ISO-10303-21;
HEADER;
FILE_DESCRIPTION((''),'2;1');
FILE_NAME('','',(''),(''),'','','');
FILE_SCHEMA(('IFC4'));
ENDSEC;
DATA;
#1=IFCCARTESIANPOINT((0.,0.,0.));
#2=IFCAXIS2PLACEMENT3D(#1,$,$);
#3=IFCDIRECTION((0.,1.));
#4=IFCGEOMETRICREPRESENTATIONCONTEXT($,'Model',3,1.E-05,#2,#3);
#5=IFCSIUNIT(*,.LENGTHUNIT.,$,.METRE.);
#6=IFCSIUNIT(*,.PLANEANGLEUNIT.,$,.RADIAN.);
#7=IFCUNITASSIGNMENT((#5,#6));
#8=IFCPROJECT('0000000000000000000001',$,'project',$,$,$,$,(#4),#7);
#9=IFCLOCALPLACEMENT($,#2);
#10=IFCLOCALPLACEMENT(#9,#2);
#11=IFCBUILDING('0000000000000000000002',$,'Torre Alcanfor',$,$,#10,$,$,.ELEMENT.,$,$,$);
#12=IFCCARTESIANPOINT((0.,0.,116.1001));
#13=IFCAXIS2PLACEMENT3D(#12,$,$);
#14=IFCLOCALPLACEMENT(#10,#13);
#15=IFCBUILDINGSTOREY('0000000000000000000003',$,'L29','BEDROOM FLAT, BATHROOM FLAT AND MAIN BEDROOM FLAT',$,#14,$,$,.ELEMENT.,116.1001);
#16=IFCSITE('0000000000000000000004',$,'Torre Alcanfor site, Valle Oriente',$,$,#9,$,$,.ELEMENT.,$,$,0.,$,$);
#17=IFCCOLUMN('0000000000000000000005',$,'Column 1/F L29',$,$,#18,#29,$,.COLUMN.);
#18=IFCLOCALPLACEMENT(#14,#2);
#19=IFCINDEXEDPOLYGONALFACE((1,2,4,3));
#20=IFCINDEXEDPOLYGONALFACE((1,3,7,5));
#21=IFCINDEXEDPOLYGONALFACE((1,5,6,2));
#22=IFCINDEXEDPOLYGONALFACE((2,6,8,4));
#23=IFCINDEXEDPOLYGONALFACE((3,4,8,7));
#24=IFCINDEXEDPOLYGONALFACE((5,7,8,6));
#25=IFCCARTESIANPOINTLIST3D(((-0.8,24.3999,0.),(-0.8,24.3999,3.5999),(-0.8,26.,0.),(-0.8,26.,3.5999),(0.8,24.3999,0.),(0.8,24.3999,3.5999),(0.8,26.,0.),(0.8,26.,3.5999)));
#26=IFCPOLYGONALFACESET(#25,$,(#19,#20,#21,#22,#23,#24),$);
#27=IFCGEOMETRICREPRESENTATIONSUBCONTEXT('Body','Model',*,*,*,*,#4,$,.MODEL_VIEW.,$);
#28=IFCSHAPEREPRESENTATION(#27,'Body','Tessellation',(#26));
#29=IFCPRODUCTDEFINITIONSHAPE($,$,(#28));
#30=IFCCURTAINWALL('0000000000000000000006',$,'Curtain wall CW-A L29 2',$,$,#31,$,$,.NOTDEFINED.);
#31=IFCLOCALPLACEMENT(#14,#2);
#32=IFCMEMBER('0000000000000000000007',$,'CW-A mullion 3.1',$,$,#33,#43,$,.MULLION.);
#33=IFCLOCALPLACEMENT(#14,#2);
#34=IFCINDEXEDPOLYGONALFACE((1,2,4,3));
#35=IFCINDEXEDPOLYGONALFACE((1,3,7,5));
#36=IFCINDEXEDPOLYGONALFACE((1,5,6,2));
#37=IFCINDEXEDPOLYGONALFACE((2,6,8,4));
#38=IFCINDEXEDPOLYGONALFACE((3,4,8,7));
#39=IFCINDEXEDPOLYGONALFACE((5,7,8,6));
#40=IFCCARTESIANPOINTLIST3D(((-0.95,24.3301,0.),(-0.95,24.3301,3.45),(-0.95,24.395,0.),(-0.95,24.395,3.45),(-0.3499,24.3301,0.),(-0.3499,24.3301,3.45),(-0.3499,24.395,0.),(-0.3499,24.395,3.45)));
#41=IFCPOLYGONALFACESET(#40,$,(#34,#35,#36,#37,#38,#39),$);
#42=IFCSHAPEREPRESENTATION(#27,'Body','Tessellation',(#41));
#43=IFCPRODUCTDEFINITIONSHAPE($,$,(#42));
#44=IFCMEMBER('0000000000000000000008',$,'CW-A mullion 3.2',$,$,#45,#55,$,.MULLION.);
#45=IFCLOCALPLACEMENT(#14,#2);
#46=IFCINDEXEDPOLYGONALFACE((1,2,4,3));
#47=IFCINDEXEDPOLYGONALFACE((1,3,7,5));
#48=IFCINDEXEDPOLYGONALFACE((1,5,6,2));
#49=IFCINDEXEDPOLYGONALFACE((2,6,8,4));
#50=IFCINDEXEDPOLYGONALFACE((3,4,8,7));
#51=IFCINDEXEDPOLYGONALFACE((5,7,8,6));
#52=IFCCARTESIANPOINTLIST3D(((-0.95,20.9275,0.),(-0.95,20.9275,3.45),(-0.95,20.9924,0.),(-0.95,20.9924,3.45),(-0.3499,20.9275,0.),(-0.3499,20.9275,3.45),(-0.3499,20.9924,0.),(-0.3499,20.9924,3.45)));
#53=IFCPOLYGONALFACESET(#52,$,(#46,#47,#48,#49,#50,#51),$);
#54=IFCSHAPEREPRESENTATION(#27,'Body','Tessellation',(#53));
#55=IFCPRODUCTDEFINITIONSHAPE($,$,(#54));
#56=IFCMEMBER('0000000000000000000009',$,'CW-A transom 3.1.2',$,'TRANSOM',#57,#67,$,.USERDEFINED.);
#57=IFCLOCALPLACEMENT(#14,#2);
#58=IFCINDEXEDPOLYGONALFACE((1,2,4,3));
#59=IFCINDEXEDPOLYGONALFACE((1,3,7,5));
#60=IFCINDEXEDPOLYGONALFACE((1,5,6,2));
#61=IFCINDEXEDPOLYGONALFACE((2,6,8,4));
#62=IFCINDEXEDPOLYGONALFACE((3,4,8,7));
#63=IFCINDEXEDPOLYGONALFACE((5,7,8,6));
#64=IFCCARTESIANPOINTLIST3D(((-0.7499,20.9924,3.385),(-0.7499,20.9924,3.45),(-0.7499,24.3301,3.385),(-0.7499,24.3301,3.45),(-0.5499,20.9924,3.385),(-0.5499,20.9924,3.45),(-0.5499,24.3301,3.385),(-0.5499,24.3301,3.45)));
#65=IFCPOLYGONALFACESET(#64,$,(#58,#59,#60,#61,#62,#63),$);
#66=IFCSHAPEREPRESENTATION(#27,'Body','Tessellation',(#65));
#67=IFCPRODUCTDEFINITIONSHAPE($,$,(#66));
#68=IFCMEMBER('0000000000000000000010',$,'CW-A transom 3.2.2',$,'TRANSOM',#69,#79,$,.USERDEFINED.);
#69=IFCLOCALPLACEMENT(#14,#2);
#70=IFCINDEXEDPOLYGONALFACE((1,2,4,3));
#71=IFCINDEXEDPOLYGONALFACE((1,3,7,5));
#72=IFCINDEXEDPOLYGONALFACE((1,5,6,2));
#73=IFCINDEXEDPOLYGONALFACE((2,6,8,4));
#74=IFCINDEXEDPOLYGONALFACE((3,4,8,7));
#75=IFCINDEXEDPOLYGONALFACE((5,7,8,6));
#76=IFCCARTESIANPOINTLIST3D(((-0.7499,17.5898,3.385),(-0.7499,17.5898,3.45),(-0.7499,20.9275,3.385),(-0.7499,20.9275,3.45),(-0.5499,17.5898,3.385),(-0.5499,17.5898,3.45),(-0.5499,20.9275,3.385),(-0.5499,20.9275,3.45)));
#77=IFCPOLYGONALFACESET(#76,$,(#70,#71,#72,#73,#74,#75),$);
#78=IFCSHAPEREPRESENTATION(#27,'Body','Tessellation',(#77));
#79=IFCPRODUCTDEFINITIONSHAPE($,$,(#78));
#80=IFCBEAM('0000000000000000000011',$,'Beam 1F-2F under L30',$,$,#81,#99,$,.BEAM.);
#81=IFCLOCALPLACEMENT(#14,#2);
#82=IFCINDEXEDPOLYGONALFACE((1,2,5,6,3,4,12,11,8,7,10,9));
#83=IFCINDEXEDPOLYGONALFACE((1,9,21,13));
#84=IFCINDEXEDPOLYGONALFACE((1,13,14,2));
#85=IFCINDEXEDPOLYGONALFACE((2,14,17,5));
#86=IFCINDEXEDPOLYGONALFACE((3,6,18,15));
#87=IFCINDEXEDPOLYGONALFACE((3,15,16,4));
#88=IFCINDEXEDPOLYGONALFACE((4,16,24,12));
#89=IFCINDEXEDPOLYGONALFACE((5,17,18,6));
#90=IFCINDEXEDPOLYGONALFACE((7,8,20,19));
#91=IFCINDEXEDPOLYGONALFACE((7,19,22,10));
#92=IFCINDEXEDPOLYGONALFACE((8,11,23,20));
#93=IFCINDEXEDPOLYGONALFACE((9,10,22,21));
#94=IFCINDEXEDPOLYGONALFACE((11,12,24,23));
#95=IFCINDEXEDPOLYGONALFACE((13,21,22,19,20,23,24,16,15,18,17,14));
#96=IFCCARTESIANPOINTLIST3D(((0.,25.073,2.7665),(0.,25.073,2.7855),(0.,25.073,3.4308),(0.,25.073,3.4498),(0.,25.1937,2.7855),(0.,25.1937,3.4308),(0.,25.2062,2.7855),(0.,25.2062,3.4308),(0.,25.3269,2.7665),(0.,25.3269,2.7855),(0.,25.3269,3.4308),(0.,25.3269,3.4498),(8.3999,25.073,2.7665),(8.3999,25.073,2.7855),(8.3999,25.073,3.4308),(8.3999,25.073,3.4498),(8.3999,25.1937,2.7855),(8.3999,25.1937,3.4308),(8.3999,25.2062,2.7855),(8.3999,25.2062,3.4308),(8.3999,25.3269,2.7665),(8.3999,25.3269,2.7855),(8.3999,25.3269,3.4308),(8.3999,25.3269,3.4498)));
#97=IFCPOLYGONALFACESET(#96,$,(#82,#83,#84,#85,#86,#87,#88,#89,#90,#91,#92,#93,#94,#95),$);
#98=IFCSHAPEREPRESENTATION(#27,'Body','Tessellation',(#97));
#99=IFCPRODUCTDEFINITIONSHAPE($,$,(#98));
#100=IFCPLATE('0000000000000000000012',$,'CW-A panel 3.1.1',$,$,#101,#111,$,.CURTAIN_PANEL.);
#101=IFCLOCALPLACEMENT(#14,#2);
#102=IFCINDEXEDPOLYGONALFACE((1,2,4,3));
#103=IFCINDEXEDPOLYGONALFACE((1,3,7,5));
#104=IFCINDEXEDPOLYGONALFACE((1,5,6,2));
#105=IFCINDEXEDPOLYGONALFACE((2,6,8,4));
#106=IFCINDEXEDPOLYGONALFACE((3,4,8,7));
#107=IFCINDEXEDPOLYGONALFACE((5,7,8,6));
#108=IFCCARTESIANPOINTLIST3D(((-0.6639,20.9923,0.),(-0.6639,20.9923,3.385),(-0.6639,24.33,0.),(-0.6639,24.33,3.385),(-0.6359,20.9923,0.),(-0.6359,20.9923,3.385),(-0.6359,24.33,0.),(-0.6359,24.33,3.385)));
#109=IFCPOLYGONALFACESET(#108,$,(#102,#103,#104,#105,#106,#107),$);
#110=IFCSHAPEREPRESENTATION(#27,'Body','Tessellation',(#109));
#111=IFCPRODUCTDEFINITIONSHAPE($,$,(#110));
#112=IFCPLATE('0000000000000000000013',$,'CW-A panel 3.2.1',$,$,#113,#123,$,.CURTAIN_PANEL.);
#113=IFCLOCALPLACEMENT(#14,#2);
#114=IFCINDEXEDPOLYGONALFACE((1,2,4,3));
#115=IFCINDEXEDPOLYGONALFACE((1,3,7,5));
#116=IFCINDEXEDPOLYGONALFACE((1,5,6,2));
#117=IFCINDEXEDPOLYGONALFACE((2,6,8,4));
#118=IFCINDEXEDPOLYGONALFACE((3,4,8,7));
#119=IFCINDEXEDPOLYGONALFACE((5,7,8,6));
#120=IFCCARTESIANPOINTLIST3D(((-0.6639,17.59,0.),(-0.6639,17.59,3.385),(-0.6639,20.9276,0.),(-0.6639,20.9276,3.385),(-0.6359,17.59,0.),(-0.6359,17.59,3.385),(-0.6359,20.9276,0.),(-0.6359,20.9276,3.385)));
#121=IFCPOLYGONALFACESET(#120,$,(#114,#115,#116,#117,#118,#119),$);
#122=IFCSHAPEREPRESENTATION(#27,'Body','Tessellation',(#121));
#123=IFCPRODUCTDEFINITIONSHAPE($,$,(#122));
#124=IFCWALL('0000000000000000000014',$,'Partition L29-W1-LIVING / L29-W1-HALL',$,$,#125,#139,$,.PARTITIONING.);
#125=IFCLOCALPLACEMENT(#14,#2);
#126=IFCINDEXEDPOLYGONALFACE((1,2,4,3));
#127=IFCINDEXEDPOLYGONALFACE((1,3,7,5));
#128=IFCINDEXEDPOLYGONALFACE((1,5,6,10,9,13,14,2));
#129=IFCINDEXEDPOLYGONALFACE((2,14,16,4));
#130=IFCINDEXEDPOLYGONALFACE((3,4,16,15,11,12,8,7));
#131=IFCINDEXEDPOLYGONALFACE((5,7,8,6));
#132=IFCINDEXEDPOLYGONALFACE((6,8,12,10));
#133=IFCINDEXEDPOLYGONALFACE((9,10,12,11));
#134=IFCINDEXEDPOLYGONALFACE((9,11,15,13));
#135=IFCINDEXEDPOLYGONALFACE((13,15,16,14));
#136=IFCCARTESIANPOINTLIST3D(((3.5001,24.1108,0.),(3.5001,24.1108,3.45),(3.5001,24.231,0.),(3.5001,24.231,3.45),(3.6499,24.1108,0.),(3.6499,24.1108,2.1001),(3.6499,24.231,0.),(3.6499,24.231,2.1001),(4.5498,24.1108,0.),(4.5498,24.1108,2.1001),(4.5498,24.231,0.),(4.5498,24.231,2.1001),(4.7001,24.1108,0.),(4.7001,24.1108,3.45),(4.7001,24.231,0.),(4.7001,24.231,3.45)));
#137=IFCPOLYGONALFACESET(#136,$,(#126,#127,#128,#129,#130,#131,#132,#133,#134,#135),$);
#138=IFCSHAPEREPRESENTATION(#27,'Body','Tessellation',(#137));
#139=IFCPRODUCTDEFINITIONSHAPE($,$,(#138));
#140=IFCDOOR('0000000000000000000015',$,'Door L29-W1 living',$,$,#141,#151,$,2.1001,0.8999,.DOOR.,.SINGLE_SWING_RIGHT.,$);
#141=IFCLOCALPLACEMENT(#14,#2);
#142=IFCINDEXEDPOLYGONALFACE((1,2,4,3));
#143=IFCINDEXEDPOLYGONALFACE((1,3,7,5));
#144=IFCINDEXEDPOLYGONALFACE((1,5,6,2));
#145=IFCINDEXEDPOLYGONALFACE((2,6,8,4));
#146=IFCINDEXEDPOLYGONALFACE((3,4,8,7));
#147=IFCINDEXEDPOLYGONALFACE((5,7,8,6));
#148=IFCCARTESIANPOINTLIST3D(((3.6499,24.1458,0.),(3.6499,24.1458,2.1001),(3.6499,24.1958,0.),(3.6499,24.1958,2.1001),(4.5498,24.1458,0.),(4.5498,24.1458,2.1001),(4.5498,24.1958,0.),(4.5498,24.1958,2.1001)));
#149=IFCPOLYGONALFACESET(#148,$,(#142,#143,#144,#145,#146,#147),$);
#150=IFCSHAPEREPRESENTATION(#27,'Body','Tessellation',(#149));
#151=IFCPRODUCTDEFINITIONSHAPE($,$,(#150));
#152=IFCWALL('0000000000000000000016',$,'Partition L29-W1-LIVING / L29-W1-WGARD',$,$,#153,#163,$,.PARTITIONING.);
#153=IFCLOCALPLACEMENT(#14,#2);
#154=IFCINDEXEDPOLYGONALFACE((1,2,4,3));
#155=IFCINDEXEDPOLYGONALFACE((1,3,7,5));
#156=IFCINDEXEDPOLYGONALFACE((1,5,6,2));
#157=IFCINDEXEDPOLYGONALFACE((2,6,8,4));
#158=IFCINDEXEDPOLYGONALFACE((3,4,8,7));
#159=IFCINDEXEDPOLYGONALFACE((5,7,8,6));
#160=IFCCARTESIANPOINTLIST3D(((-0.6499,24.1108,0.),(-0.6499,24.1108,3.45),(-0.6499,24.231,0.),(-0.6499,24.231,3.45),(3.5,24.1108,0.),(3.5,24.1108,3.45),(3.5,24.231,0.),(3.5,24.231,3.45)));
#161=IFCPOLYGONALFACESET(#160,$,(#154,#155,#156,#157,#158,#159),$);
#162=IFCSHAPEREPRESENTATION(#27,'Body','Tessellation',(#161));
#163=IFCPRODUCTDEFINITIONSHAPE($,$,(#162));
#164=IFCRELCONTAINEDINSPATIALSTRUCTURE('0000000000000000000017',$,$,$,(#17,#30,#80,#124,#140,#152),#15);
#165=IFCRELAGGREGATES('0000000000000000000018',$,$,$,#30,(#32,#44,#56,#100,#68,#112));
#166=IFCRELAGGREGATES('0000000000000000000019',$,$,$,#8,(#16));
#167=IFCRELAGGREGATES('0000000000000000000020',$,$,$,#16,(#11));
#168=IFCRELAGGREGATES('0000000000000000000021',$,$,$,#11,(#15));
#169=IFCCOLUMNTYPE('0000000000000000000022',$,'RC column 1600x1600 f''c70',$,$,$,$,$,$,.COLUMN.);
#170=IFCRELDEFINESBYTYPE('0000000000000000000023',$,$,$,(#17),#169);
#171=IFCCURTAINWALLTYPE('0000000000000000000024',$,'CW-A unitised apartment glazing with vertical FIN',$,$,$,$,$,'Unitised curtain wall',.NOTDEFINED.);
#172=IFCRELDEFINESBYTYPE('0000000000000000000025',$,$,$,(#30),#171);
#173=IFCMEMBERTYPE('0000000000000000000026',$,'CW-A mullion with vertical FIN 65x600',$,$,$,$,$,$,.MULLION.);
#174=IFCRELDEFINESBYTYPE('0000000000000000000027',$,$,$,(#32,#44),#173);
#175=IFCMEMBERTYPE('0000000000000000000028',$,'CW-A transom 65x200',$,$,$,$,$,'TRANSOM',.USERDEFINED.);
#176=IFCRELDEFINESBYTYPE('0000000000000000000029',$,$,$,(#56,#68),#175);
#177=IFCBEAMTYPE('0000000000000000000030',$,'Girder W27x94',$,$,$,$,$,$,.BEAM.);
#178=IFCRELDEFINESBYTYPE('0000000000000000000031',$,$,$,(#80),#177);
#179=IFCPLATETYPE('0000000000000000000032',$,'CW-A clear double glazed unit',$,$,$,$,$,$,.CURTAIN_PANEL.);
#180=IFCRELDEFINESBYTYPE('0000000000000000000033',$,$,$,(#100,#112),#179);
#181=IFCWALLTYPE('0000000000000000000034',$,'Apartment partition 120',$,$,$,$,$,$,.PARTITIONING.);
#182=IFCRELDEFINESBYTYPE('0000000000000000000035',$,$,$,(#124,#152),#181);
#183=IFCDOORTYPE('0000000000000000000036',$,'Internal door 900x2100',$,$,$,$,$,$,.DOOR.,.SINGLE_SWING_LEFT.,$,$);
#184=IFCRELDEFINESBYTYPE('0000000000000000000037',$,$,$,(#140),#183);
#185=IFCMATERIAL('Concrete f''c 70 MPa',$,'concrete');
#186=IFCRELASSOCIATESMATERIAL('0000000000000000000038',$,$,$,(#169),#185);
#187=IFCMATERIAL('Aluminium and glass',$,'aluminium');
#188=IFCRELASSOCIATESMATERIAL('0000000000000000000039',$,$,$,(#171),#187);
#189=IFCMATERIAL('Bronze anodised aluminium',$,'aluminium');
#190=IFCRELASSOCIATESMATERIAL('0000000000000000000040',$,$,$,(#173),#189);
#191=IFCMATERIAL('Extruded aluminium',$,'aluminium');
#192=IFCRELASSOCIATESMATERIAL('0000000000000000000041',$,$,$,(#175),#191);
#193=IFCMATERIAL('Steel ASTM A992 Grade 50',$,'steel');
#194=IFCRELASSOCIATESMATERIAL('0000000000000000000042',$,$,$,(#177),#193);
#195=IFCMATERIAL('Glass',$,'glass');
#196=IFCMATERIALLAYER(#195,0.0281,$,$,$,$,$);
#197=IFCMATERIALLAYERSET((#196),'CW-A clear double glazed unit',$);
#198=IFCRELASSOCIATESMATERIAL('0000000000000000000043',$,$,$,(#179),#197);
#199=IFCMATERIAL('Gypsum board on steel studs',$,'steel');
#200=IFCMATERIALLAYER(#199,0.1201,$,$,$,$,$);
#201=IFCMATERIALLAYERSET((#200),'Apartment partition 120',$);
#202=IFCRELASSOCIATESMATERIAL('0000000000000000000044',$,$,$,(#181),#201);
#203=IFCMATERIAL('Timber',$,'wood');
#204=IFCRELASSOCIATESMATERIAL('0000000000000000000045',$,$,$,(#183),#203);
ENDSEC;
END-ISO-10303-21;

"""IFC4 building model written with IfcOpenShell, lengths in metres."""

from ifc_helpers import new_model, si_unit, direction, frame, frame_2d, origin, origin_2d, place, context, subcontext, project, spatial, rectangle, i_section, extrude, material, layer, layer_set, material_profile, profile_set, type_object, element, fill, aggregate, save


model = new_model("IFC4")

# Units and contexts
model_context = context("Model", 3, precision=1e-05, world=origin(), true_north=direction((0.0, 1.0)))
body_context = subcontext(model_context, "Body", "Model", "MODEL_VIEW")
ifc_project = project(units=[si_unit("LENGTHUNIT", "METRE"), si_unit("PLANEANGLEUNIT", "RADIAN")], contexts=[model_context])

# Site, building, storey
site_placement = place(None, origin())
site = spatial("IfcSite", under=ifc_project, at=site_placement, Name="Torre Alcanfor site, Valle Oriente", CompositionType="ELEMENT", RefElevation=0.0)
building_placement = place(site_placement, origin())
building = spatial("IfcBuilding", under=site, at=building_placement, Name="Torre Alcanfor", CompositionType="ELEMENT")
storey_placement = place(building_placement, frame((0.0, 0.0, 116.1001)))
storey = spatial("IfcBuildingStorey", under=building, at=storey_placement, Name="L29", Description="BEDROOM FLAT, BATHROOM FLAT AND MAIN BEDROOM FLAT", CompositionType="ELEMENT", Elevation=116.1001)

# Column
ifc_material_1 = material(Name="Concrete f'c 70 MPa", Category="concrete")
ifc_material_profile_1 = material_profile(ifc_material_1, rectangle(XDim=1.6001, YDim=1.6001, at=origin_2d()), Name="1600x1600")
ifc_profile_set_1 = profile_set([ifc_material_profile_1], Name="Concrete f'c 70 MPa")
column_type = type_object("IfcColumnType", Name="RC column 1600x1600 f'c70", PredefinedType="COLUMN", material=ifc_profile_set_1)
column_placement = place(storey_placement, frame((0.0, 25.2, 0.0), z_axis=(0.0, 0.0, 1.0), x_axis=(1.0, 0.0, 0.0)))
element("IfcColumn", 1, at=column_placement, inside=storey, type_object=column_type, Name="Column 1/F L29", PredefinedType="COLUMN", context=body_context, shape_type="SweptSolid", body=[
    extrude(rectangle(XDim=1.6001, YDim=1.6001, at=origin_2d()), origin(), (0.0, 0.0, 1.0), 3.5999),
])

# Curtain wall, members
ifc_material_2 = material(Name="Aluminium and glass", Category="aluminium")
curtain_wall_type = type_object("IfcCurtainWallType", Name="CW-A unitised apartment glazing with vertical FIN", ElementType="Unitised curtain wall", PredefinedType="NOTDEFINED", material=ifc_material_2)
curtain_wall_placement = place(storey_placement, origin())
curtain_wall = element("IfcCurtainWall", 2, at=curtain_wall_placement, inside=storey, type_object=curtain_wall_type, Name="Curtain wall CW-A L29 2", PredefinedType="NOTDEFINED")
ifc_material_3 = material(Name="Bronze anodised aluminium", Category="aluminium")
ifc_material_profile_2 = material_profile(ifc_material_3, rectangle(XDim=0.6001, YDim=0.0649, at=origin_2d()), Name="CW-A mullion 65x600")
ifc_profile_set_2 = profile_set([ifc_material_profile_2], Name="Bronze anodised aluminium")
member_type_1 = type_object("IfcMemberType", Name="CW-A mullion with vertical FIN 65x600", PredefinedType="MULLION", material=ifc_profile_set_2)
member_1_placement = place(storey_placement, frame((-0.6499, 24.3625, 0.0), z_axis=(0.0, 0.0, 1.0), x_axis=(1.0, 0.0, 0.0)))
member_1 = element("IfcMember", 3, at=member_1_placement, type_object=member_type_1, Name="CW-A mullion 3.1", PredefinedType="MULLION", context=body_context, shape_type="SweptSolid", body=[
    extrude(rectangle(XDim=0.6001, YDim=0.0649, at=origin_2d()), origin(), (0.0, 0.0, 1.0), 3.45),
])
member_2_placement = place(storey_placement, frame((-0.6499, 20.96, 0.0), z_axis=(0.0, 0.0, 1.0), x_axis=(1.0, 0.0, 0.0)))
member_2 = element("IfcMember", 4, at=member_2_placement, type_object=member_type_1, Name="CW-A mullion 3.2", PredefinedType="MULLION", context=body_context, shape_type="SweptSolid", body=[
    extrude(rectangle(XDim=0.6001, YDim=0.0649, at=origin_2d()), origin(), (0.0, 0.0, 1.0), 3.45),
])
ifc_material_4 = material(Name="Extruded aluminium", Category="aluminium")
ifc_material_profile_3 = material_profile(ifc_material_4, rectangle(XDim=0.2, YDim=0.0649, at=origin_2d()), Name="CW-A transom 200x65")
ifc_profile_set_3 = profile_set([ifc_material_profile_3], Name="Extruded aluminium")
member_type_2 = type_object("IfcMemberType", Name="CW-A transom 65x200", ElementType="TRANSOM", PredefinedType="USERDEFINED", material=ifc_profile_set_3)
member_3_placement = place(storey_placement, frame((-0.6499, 24.3301, 3.4175), z_axis=(0.0, -1.0, 0.0), x_axis=(1.0, 0.0, 0.0)))
member_3 = element("IfcMember", 5, at=member_3_placement, type_object=member_type_2, Name="CW-A transom 3.1.2", ObjectType="TRANSOM", PredefinedType="USERDEFINED", context=body_context, shape_type="SweptSolid", body=[
    extrude(rectangle(XDim=0.2, YDim=0.0649, at=origin_2d()), origin(), (0.0, 0.0, 1.0), 3.3376),
])
member_4_placement = place(storey_placement, frame((-0.6499, 20.9275, 3.4175), z_axis=(0.0, -1.0, 0.0), x_axis=(1.0, 0.0, 0.0)))
member_4 = element("IfcMember", 6, at=member_4_placement, type_object=member_type_2, Name="CW-A transom 3.2.2", ObjectType="TRANSOM", PredefinedType="USERDEFINED", context=body_context, shape_type="SweptSolid", body=[
    extrude(rectangle(XDim=0.2, YDim=0.0649, at=origin_2d()), origin(), (0.0, 0.0, 1.0), 3.3376),
])

# Beam
ifc_material_5 = material(Name="Steel ASTM A992 Grade 50", Category="steel")
ifc_material_profile_4 = material_profile(ifc_material_5, i_section(OverallWidth=0.2539, OverallDepth=0.6833, WebThickness=0.0125, FlangeThickness=0.019, at=origin_2d()), Name="W27x94")
ifc_profile_set_4 = profile_set([ifc_material_profile_4], Name="Steel ASTM A992 Grade 50")
beam_type = type_object("IfcBeamType", Name="Girder W27x94", PredefinedType="BEAM", material=ifc_profile_set_4)
beam_placement = place(storey_placement, frame((0.0, 25.2, 3.1082), z_axis=(1.0, 0.0, 0.0), x_axis=(0.0, 1.0, 0.0)))
element("IfcBeam", 7, at=beam_placement, inside=storey, type_object=beam_type, Name="Beam 1F-2F under L30", PredefinedType="BEAM", context=body_context, shape_type="SweptSolid", body=[
    extrude(i_section(OverallWidth=0.2539, OverallDepth=0.6833, WebThickness=0.0125, FlangeThickness=0.019, at=origin_2d()), origin(), (0.0, 0.0, 1.0), 8.3999),
])

# Plates
ifc_material_6 = material(Name="Glass", Category="glass")
ifc_layer_1 = layer(ifc_material_6, 0.0281)
ifc_layer_set_1 = layer_set([ifc_layer_1], Name="CW-A clear double glazed unit")
plate_type = type_object("IfcPlateType", Name="CW-A clear double glazed unit", PredefinedType="CURTAIN_PANEL", material=ifc_layer_set_1)
plate_1_placement = place(storey_placement, frame((-0.6499, 22.6611, 0.0), z_axis=(0.0, 0.0, 1.0), x_axis=(0.0, -1.0, 0.0)))
plate_1 = element("IfcPlate", 8, at=plate_1_placement, type_object=plate_type, Name="CW-A panel 3.1.1", PredefinedType="CURTAIN_PANEL", context=body_context, shape_type="SweptSolid", body=[
    extrude(rectangle(XDim=3.3376, YDim=0.0281, at=origin_2d()), origin(), (0.0, 0.0, 1.0), 3.385),
])
plate_2_placement = place(storey_placement, frame((-0.6499, 19.2588, 0.0), z_axis=(0.0, 0.0, 1.0), x_axis=(0.0, -1.0, 0.0)))
plate_2 = element("IfcPlate", 9, at=plate_2_placement, type_object=plate_type, Name="CW-A panel 3.2.1", PredefinedType="CURTAIN_PANEL", context=body_context, shape_type="SweptSolid", body=[
    extrude(rectangle(XDim=3.3376, YDim=0.0281, at=origin_2d()), origin(), (0.0, 0.0, 1.0), 3.385),
])
aggregate(curtain_wall, [member_1, member_2, member_3, plate_1, member_4, plate_2])

# Wall, opening, door
ifc_material_7 = material(Name="Gypsum board on steel studs", Category="steel")
ifc_layer_2 = layer(ifc_material_7, 0.1201)
ifc_layer_set_2 = layer_set([ifc_layer_2], Name="Apartment partition 120")
wall_type = type_object("IfcWallType", Name="Apartment partition 120", PredefinedType="PARTITIONING", material=ifc_layer_set_2)
wall_1_placement = place(storey_placement, frame((3.5, 24.1709, 0.0), z_axis=(0.0, 0.0, 1.0), x_axis=(1.0, 0.0, 0.0)))
wall_1 = element("IfcWall", 10, at=wall_1_placement, inside=storey, type_object=wall_type, Name="Partition L29-W1-LIVING / L29-W1-HALL", PredefinedType="PARTITIONING", context=body_context, shape_type="SweptSolid", body=[
    extrude(rectangle(XDim=1.2, YDim=0.1201, at=frame_2d((0.6001, 0.0))), origin(), (0.0, 0.0, 1.0), 3.45),
])
opening_1_placement = place(wall_1_placement, frame((0.1499, 0.0, 0.0)))
opening_1 = element("IfcOpeningElement", 11, at=opening_1_placement, cuts=wall_1, PredefinedType="OPENING", context=body_context, shape_type="SweptSolid", body=[
    extrude(rectangle(XDim=0.8999, YDim=2.1001, at=frame_2d((0.45, 1.05))), frame((0.0, 0.0701, 0.0), z_axis=(0.0, -1.0, 0.0), x_axis=(1.0, 0.0, 0.0)), (0.0, 0.0, 1.0), 0.1401),
])
ifc_material_8 = material(Name="Timber", Category="wood")
door_type = type_object("IfcDoorType", Name="Internal door 900x2100", OperationType="SINGLE_SWING_LEFT", PredefinedType="DOOR", material=ifc_material_8)
door_1_placement = place(opening_1_placement, origin())
door_1 = element("IfcDoor", 12, at=door_1_placement, inside=storey, type_object=door_type, Name="Door L29-W1 living", OperationType="SINGLE_SWING_RIGHT", OverallHeight=2.1001, OverallWidth=0.8999, PredefinedType="DOOR", context=body_context, shape_type="SweptSolid", body=[
    extrude(rectangle(XDim=0.8999, YDim=2.1001, at=frame_2d((0.45, 1.05))), frame((0.0, 0.0249, 0.0), z_axis=(0.0, -1.0, 0.0), x_axis=(1.0, 0.0, 0.0)), (0.0, 0.0, 1.0), 0.05),
])
fill(opening_1, door_1)

# Wall
wall_2_placement = place(storey_placement, frame((-0.6499, 24.1709, 0.0), z_axis=(0.0, 0.0, 1.0), x_axis=(1.0, 0.0, 0.0)))
element("IfcWall", 13, at=wall_2_placement, inside=storey, type_object=wall_type, Name="Partition L29-W1-LIVING / L29-W1-WGARD", PredefinedType="PARTITIONING", context=body_context, shape_type="SweptSolid", body=[
    extrude(rectangle(XDim=4.1499, YDim=0.1201, at=frame_2d((2.075, 0.0))), origin(), (0.0, 0.0, 1.0), 3.45),
])

save(model, "model.ifc")
